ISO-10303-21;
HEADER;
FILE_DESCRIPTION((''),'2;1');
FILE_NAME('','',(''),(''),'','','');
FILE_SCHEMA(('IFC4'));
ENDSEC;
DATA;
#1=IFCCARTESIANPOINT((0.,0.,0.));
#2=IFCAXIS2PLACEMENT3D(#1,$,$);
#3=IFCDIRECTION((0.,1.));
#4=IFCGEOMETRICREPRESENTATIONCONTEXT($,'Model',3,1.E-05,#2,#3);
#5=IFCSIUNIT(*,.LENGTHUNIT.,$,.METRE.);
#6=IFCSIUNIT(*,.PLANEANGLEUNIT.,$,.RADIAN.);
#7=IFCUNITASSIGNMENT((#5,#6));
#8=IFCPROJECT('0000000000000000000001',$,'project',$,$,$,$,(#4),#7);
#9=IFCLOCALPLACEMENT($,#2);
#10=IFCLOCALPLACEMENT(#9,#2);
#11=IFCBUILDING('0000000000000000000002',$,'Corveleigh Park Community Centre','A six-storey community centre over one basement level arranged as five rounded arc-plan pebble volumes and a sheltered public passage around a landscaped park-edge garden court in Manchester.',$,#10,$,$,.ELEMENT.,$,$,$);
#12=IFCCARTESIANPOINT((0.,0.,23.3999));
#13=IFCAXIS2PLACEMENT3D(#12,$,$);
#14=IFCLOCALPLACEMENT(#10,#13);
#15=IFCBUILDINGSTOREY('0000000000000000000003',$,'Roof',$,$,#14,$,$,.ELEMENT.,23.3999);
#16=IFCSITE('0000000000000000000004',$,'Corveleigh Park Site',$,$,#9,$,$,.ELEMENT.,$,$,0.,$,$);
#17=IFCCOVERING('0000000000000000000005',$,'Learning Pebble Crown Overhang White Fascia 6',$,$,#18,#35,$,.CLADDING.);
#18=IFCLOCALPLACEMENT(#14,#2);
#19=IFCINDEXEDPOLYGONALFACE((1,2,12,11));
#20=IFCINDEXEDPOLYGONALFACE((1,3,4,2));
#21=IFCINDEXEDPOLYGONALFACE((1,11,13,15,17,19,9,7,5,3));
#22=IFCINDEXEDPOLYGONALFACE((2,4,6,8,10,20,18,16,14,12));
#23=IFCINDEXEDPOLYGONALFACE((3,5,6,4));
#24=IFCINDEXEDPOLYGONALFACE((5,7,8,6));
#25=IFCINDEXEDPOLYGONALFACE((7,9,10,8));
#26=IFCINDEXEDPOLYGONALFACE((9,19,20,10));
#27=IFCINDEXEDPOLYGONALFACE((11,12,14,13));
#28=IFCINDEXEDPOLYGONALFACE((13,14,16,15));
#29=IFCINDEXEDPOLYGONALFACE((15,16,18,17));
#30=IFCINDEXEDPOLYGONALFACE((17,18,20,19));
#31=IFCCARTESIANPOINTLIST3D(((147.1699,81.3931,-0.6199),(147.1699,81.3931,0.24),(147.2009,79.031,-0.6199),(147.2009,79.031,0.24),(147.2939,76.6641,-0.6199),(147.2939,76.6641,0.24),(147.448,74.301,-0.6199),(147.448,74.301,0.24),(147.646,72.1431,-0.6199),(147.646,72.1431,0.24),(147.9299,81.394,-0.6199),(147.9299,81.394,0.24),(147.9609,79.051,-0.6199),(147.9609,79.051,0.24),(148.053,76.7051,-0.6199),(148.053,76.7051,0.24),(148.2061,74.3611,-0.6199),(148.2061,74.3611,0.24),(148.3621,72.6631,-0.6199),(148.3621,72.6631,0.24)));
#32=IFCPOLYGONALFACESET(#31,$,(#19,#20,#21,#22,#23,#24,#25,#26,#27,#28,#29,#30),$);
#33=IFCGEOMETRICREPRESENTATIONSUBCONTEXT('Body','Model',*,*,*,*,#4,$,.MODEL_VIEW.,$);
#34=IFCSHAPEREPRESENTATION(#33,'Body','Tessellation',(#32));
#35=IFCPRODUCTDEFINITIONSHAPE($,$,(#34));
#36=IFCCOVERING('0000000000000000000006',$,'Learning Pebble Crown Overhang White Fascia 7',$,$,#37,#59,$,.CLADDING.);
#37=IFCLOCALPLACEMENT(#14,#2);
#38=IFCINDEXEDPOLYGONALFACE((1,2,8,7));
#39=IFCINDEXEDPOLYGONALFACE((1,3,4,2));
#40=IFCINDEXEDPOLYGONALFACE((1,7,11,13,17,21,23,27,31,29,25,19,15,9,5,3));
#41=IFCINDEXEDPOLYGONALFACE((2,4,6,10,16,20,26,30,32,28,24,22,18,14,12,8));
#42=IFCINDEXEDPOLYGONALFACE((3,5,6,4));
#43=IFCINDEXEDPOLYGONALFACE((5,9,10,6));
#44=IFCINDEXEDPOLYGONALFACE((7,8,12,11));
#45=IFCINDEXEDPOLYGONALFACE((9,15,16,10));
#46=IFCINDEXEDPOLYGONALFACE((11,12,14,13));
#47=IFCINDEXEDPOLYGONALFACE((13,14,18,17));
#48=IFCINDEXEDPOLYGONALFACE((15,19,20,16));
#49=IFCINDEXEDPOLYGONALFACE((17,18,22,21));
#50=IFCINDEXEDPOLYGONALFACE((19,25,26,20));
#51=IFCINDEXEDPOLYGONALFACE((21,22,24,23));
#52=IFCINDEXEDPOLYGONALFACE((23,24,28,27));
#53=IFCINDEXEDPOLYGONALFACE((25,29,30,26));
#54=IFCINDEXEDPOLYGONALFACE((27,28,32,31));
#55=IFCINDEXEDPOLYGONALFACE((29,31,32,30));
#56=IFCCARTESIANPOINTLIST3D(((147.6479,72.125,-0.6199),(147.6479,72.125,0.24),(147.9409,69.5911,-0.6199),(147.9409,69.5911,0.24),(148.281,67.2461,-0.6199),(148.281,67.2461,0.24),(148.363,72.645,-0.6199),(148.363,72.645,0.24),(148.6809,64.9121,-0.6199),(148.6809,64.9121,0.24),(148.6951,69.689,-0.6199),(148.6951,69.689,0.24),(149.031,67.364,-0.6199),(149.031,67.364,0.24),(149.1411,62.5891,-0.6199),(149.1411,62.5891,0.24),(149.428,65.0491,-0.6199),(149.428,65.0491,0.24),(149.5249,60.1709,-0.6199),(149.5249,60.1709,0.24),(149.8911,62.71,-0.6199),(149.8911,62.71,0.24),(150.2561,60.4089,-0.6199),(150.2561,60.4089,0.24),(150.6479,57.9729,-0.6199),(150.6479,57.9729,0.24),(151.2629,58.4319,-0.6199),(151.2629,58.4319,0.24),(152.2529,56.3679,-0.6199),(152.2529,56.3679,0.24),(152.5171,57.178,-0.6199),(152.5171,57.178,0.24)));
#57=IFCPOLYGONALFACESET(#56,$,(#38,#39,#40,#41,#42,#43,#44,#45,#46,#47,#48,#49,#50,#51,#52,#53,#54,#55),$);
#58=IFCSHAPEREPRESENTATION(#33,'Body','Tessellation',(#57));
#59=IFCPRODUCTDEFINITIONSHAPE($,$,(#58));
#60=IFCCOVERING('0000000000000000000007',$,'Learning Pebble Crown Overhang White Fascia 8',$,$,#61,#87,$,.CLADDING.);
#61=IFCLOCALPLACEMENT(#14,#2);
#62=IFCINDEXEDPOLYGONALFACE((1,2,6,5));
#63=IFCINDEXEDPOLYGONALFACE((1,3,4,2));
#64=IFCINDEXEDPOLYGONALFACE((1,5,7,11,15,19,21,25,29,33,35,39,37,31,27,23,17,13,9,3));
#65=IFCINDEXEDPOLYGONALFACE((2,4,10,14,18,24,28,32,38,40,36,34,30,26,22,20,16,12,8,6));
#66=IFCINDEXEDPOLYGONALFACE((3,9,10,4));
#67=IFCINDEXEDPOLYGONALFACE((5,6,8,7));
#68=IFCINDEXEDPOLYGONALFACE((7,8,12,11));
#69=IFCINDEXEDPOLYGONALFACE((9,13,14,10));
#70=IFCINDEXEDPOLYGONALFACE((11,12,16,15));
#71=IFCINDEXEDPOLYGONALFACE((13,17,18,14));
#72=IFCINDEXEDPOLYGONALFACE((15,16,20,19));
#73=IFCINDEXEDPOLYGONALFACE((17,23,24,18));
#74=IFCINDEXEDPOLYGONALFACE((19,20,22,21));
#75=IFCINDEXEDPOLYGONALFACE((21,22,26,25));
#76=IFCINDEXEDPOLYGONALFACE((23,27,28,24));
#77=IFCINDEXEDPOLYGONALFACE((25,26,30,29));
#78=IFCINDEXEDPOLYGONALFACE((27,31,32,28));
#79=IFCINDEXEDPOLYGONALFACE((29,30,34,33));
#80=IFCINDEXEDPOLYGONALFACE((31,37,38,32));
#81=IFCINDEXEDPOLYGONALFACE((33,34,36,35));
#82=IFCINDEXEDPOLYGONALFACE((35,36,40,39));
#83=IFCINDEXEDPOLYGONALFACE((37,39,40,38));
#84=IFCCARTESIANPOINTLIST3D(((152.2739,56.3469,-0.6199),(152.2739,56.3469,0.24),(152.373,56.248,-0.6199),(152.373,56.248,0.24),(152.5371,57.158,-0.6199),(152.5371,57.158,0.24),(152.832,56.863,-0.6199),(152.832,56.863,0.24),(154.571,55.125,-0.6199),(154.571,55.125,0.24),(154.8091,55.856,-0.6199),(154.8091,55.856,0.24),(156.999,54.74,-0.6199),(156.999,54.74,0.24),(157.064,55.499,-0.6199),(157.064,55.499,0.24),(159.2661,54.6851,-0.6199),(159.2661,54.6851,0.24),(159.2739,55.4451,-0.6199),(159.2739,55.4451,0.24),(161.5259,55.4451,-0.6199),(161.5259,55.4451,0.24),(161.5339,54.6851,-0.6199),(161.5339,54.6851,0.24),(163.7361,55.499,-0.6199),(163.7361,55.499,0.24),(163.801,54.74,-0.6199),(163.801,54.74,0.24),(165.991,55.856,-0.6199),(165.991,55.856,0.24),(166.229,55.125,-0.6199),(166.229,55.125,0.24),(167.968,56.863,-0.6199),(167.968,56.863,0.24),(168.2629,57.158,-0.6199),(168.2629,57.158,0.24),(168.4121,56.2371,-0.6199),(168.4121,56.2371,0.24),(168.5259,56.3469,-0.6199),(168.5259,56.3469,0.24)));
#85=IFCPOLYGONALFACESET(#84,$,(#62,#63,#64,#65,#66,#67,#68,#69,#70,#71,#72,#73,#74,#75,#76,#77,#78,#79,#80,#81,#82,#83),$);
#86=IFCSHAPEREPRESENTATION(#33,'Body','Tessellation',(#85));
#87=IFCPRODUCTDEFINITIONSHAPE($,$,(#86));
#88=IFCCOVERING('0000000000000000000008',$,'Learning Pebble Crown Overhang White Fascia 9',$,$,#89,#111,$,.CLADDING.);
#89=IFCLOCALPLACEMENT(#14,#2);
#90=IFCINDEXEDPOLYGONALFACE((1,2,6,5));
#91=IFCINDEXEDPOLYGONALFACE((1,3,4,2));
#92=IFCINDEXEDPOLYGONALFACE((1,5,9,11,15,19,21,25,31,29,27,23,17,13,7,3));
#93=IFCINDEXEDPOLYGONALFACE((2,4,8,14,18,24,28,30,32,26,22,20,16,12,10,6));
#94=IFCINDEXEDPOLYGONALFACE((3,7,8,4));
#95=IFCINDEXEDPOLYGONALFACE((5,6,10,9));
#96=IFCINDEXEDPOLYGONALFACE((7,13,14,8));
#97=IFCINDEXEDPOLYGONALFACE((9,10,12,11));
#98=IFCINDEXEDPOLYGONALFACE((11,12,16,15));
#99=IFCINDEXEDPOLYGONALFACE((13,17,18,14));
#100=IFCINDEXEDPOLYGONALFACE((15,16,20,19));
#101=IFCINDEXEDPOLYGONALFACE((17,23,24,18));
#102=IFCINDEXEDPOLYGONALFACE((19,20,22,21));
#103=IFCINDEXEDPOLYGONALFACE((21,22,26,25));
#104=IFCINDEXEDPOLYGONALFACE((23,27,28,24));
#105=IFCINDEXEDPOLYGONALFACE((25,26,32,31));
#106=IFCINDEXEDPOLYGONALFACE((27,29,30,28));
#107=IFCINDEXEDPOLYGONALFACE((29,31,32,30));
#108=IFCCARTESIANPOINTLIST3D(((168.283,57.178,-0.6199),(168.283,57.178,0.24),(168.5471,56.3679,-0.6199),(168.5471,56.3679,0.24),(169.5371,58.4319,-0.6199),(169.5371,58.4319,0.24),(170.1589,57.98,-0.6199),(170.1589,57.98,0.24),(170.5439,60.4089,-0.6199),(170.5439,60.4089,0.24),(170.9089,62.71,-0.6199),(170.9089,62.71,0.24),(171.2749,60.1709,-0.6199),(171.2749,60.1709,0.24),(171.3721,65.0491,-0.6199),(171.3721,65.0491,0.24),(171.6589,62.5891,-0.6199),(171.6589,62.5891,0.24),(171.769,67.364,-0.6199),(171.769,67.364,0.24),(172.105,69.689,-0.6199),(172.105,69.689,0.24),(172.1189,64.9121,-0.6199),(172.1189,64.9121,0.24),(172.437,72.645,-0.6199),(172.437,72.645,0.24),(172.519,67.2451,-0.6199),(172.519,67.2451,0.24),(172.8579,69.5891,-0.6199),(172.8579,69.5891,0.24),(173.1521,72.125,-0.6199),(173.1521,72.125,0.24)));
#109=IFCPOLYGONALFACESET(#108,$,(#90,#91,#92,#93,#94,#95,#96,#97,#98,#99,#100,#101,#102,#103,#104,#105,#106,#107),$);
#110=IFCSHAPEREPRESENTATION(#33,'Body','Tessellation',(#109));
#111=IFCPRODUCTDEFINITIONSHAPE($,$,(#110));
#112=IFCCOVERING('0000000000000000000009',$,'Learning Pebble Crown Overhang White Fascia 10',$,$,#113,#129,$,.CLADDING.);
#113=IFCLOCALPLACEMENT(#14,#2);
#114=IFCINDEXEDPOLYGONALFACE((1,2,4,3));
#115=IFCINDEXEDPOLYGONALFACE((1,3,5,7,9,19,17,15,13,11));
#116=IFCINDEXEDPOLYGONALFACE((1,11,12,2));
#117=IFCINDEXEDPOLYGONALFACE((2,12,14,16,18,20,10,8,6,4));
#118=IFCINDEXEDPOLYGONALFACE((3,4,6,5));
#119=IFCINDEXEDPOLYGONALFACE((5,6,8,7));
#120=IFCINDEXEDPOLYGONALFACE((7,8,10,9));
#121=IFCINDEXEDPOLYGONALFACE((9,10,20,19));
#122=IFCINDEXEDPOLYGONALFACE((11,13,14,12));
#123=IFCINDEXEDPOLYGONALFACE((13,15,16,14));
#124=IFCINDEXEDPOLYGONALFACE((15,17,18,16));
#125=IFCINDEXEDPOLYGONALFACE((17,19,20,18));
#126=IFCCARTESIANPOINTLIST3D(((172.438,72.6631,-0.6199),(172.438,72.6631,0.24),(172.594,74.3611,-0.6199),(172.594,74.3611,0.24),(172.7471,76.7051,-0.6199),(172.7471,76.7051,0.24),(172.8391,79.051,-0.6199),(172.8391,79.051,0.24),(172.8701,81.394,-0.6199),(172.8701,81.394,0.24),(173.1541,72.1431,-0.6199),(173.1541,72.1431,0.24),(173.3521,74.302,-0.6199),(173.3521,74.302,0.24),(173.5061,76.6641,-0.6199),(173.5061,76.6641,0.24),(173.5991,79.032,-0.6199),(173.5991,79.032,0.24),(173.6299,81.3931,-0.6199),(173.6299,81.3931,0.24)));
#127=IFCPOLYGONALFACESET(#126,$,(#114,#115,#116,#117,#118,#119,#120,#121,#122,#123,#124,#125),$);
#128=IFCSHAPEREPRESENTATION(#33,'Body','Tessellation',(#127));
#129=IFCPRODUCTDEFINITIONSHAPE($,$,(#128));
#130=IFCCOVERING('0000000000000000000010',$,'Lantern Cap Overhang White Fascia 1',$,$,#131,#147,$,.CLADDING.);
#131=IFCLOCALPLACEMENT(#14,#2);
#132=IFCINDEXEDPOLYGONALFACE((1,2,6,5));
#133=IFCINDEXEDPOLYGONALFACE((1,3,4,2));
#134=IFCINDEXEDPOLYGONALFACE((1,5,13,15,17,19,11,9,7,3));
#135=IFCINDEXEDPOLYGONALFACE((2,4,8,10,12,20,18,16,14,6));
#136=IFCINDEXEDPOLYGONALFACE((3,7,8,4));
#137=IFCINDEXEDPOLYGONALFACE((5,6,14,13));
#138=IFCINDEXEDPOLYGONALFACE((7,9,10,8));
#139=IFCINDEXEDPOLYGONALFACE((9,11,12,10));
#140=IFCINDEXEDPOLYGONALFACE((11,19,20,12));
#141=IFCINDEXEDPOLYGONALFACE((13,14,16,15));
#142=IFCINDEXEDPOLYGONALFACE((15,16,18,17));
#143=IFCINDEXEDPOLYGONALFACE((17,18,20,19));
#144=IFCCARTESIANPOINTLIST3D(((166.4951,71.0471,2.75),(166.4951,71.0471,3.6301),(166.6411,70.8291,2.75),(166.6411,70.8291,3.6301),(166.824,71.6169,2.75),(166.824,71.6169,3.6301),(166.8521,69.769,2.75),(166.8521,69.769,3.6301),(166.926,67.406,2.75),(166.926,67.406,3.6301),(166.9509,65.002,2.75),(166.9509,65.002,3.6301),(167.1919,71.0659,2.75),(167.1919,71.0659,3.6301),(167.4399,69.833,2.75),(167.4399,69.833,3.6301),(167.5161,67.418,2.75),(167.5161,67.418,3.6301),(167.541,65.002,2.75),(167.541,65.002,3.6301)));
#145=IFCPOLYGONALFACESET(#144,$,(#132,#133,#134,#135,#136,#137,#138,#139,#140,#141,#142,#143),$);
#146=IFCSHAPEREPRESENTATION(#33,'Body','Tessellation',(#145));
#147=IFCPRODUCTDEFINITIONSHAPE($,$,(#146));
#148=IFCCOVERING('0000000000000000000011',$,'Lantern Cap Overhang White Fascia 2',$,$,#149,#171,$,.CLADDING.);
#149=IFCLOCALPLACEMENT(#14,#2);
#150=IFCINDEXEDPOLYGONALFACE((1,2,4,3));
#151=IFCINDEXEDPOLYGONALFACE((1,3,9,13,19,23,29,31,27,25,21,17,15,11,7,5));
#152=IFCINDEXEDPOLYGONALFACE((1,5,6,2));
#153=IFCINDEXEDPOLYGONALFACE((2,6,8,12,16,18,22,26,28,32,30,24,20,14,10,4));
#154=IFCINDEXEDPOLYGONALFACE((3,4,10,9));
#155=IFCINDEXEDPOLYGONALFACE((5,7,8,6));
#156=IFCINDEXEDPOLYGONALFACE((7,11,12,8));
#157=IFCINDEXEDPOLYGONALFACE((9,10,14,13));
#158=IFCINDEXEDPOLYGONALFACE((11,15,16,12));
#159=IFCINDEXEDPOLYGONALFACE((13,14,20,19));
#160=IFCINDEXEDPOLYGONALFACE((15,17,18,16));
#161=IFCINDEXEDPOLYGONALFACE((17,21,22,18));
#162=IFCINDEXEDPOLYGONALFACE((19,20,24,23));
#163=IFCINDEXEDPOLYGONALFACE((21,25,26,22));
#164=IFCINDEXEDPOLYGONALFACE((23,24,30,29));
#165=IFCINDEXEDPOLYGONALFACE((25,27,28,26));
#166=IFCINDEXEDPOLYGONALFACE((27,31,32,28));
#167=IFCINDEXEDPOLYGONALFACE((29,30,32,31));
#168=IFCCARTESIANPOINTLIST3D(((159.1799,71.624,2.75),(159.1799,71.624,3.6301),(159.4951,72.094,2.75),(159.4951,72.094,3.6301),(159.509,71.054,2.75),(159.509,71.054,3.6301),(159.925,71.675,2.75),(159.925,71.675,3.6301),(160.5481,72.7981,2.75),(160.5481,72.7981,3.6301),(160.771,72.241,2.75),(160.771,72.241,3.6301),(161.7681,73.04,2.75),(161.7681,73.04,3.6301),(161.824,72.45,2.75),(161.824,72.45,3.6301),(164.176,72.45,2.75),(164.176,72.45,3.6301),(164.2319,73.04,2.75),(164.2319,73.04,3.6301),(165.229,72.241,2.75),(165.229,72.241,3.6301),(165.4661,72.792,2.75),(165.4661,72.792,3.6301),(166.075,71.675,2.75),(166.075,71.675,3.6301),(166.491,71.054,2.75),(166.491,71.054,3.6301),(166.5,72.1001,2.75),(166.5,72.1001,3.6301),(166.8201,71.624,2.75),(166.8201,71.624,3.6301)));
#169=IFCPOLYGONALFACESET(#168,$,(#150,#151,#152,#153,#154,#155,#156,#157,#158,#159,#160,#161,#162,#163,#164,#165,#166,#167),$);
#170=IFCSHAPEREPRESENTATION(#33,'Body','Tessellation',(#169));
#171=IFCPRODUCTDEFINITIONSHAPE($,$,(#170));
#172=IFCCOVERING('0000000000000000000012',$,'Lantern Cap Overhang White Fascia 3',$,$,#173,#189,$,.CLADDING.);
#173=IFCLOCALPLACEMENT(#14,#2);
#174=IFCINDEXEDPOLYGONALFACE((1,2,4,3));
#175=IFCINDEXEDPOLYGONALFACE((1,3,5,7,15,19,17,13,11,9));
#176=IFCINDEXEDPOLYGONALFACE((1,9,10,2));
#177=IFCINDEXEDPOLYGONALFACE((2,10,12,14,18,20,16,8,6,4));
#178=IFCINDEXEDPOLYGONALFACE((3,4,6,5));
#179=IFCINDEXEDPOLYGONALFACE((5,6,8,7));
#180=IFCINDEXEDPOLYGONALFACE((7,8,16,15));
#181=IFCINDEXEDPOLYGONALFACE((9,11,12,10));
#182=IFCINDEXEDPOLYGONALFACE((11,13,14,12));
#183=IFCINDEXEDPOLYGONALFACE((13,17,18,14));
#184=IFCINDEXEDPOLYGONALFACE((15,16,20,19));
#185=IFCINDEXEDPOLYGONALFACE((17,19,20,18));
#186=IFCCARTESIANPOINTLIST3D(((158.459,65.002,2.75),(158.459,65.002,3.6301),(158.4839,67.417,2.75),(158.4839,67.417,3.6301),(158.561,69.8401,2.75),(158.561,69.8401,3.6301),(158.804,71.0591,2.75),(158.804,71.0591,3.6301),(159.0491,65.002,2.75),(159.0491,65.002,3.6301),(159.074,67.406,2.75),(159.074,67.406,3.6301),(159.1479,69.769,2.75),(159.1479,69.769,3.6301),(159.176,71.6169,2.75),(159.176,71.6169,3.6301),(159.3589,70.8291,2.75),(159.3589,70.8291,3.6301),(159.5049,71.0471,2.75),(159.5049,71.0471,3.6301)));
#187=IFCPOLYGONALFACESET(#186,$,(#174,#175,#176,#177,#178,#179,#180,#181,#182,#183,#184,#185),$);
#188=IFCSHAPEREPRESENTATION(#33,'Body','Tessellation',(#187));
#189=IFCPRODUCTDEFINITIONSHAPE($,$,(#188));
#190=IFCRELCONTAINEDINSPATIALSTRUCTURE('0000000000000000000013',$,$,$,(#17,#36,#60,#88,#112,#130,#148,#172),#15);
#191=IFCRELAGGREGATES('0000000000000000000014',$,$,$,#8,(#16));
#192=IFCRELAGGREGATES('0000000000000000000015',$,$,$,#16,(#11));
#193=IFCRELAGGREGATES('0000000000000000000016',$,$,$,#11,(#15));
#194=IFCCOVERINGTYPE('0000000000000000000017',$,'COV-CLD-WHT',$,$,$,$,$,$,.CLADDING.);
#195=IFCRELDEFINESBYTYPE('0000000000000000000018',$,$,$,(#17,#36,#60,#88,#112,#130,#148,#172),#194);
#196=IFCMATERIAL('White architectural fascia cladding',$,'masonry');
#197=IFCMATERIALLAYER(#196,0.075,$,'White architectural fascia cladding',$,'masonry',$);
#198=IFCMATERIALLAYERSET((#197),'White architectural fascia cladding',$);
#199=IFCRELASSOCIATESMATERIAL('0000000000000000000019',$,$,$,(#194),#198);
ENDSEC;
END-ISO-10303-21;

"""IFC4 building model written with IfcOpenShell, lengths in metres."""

from ifc_helpers import new_model, si_unit, direction, frame, origin, place, context, subcontext, project, spatial, polyline, outline, extrude, material, layer, layer_set, type_object, element, save


model = new_model("IFC4")

# Units and contexts
model_context = context("Model", 3, precision=1e-05, world=origin(), true_north=direction((0.0, 1.0)))
body_context = subcontext(model_context, "Body", "Model", "MODEL_VIEW")
ifc_project = project(units=[si_unit("LENGTHUNIT", "METRE"), si_unit("PLANEANGLEUNIT", "RADIAN")], contexts=[model_context])

# Site, building, storey
site_placement = place(None, origin())
site = spatial("IfcSite", under=ifc_project, at=site_placement, Name="Corveleigh Park Site", CompositionType="ELEMENT", RefElevation=0.0)
building_placement = place(site_placement, origin())
building = spatial("IfcBuilding", under=site, at=building_placement, Name="Corveleigh Park Community Centre", Description="A six-storey community centre over one basement level arranged as five rounded arc-plan pebble volumes and a sheltered public passage around a landscaped park-edge garden court in Manchester.", CompositionType="ELEMENT")
storey_placement = place(building_placement, frame((0.0, 0.0, 23.3999)))
storey = spatial("IfcBuildingStorey", under=building, at=storey_placement, Name="Roof", CompositionType="ELEMENT", Elevation=23.3999)

# Coverings
ifc_material_1 = material(Name="White architectural fascia cladding", Category="masonry")
ifc_layer_1 = layer(ifc_material_1, 0.075, Name="White architectural fascia cladding", Category="masonry")
ifc_layer_set_1 = layer_set([ifc_layer_1], Name="White architectural fascia cladding")
covering_type_1 = type_object("IfcCoveringType", Name="COV-CLD-WHT", PredefinedType="CLADDING", material=ifc_layer_set_1)
covering_1_placement = place(storey_placement, frame((0.0, 0.0, -0.6199)))
element("IfcCovering", 1, at=covering_1_placement, inside=storey, type_object=covering_type_1, Name="Learning Pebble Crown Overhang White Fascia 6", PredefinedType="CLADDING", context=body_context, shape_type="SweptSolid", body=[
    extrude(outline(polyline([(147.448, 74.301), (147.2939, 76.6641), (147.2009, 79.031), (147.1699, 81.3931), (147.9299, 81.394), (147.9609, 79.051), (148.053, 76.7051), (148.2061, 74.3611), (148.3621, 72.6631), (147.646, 72.1431), (147.448, 74.301)])), origin(), (0.0, 0.0, 1.0), 0.8599),
])
covering_2_placement = place(storey_placement, frame((0.0, 0.0, -0.6199)))
element("IfcCovering", 2, at=covering_2_placement, inside=storey, type_object=covering_type_1, Name="Learning Pebble Crown Overhang White Fascia 7", PredefinedType="CLADDING", context=body_context, shape_type="SweptSolid", body=[
    extrude(outline(polyline([(150.6479, 57.9729), (149.5249, 60.1709), (149.1411, 62.5891), (148.6809, 64.9121), (148.281, 67.2461), (147.9409, 69.5911), (147.6479, 72.125), (148.363, 72.645), (148.6951, 69.689), (149.031, 67.364), (149.428, 65.0491), (149.8911, 62.71), (150.2561, 60.4089), (151.2629, 58.4319), (152.5171, 57.178), (152.2529, 56.3679), (150.6479, 57.9729)])), origin(), (0.0, 0.0, 1.0), 0.8599),
])
covering_3_placement = place(storey_placement, frame((0.0, 0.0, -0.6199)))
element("IfcCovering", 3, at=covering_3_placement, inside=storey, type_object=covering_type_1, Name="Learning Pebble Crown Overhang White Fascia 8", PredefinedType="CLADDING", context=body_context, shape_type="SweptSolid", body=[
    extrude(outline(polyline([(154.571, 55.125), (152.373, 56.248), (152.2739, 56.3469), (152.5371, 57.158), (152.832, 56.863), (154.8091, 55.856), (157.064, 55.499), (159.2739, 55.4451), (161.5259, 55.4451), (163.7361, 55.499), (165.991, 55.856), (167.968, 56.863), (168.2629, 57.158), (168.5259, 56.3469), (168.4121, 56.2371), (166.229, 55.125), (163.801, 54.74), (161.5339, 54.6851), (159.2661, 54.6851), (156.999, 54.74), (154.571, 55.125)])), origin(), (0.0, 0.0, 1.0), 0.8599),
])
covering_4_placement = place(storey_placement, frame((0.0, 0.0, -0.6199)))
element("IfcCovering", 4, at=covering_4_placement, inside=storey, type_object=covering_type_1, Name="Learning Pebble Crown Overhang White Fascia 9", PredefinedType="CLADDING", context=body_context, shape_type="SweptSolid", body=[
    extrude(outline(polyline([(173.1521, 72.125), (172.8579, 69.5891), (172.519, 67.2451), (172.1189, 64.9121), (171.6589, 62.5891), (171.2749, 60.1709), (170.1589, 57.98), (168.5471, 56.3679), (168.283, 57.178), (169.5371, 58.4319), (170.5439, 60.4089), (170.9089, 62.71), (171.3721, 65.0491), (171.769, 67.364), (172.105, 69.689), (172.437, 72.645), (173.1521, 72.125)])), origin(), (0.0, 0.0, 1.0), 0.8599),
])
covering_5_placement = place(storey_placement, frame((0.0, 0.0, -0.6199)))
element("IfcCovering", 5, at=covering_5_placement, inside=storey, type_object=covering_type_1, Name="Learning Pebble Crown Overhang White Fascia 10", PredefinedType="CLADDING", context=body_context, shape_type="SweptSolid", body=[
    extrude(outline(polyline([(173.5991, 79.032), (173.5061, 76.6641), (173.3521, 74.302), (173.1541, 72.1431), (172.438, 72.6631), (172.594, 74.3611), (172.7471, 76.7051), (172.8391, 79.051), (172.8701, 81.394), (173.6299, 81.3931), (173.5991, 79.032)])), origin(), (0.0, 0.0, 1.0), 0.8599),
])
covering_6_placement = place(storey_placement, frame((0.0, 0.0, 2.75)))
element("IfcCovering", 6, at=covering_6_placement, inside=storey, type_object=covering_type_1, Name="Lantern Cap Overhang White Fascia 1", PredefinedType="CLADDING", context=body_context, shape_type="SweptSolid", body=[
    extrude(outline(polyline([(167.1919, 71.0659), (167.4399, 69.833), (167.5161, 67.418), (167.541, 65.002), (166.9509, 65.002), (166.926, 67.406), (166.8521, 69.769), (166.6411, 70.8291), (166.4951, 71.0471), (166.824, 71.6169), (167.1919, 71.0659)])), origin(), (0.0, 0.0, 1.0), 0.8801),
])
covering_7_placement = place(storey_placement, frame((0.0, 0.0, 2.75)))
element("IfcCovering", 7, at=covering_7_placement, inside=storey, type_object=covering_type_1, Name="Lantern Cap Overhang White Fascia 2", PredefinedType="CLADDING", context=body_context, shape_type="SweptSolid", body=[
    extrude(outline(polyline([(159.4951, 72.094), (160.5481, 72.7981), (161.7681, 73.04), (164.2319, 73.04), (165.4661, 72.792), (166.5, 72.1001), (166.8201, 71.624), (166.491, 71.054), (166.075, 71.675), (165.229, 72.241), (164.176, 72.45), (161.824, 72.45), (160.771, 72.241), (159.925, 71.675), (159.509, 71.054), (159.1799, 71.624), (159.4951, 72.094)])), origin(), (0.0, 0.0, 1.0), 0.8801),
])
covering_8_placement = place(storey_placement, frame((0.0, 0.0, 2.75)))
element("IfcCovering", 8, at=covering_8_placement, inside=storey, type_object=covering_type_1, Name="Lantern Cap Overhang White Fascia 3", PredefinedType="CLADDING", context=body_context, shape_type="SweptSolid", body=[
    extrude(outline(polyline([(158.4839, 67.417), (158.561, 69.8401), (158.804, 71.0591), (159.176, 71.6169), (159.5049, 71.0471), (159.3589, 70.8291), (159.1479, 69.769), (159.074, 67.406), (159.0491, 65.002), (158.459, 65.002), (158.4839, 67.417)])), origin(), (0.0, 0.0, 1.0), 0.8801),
])

save(model, "model.ifc")
